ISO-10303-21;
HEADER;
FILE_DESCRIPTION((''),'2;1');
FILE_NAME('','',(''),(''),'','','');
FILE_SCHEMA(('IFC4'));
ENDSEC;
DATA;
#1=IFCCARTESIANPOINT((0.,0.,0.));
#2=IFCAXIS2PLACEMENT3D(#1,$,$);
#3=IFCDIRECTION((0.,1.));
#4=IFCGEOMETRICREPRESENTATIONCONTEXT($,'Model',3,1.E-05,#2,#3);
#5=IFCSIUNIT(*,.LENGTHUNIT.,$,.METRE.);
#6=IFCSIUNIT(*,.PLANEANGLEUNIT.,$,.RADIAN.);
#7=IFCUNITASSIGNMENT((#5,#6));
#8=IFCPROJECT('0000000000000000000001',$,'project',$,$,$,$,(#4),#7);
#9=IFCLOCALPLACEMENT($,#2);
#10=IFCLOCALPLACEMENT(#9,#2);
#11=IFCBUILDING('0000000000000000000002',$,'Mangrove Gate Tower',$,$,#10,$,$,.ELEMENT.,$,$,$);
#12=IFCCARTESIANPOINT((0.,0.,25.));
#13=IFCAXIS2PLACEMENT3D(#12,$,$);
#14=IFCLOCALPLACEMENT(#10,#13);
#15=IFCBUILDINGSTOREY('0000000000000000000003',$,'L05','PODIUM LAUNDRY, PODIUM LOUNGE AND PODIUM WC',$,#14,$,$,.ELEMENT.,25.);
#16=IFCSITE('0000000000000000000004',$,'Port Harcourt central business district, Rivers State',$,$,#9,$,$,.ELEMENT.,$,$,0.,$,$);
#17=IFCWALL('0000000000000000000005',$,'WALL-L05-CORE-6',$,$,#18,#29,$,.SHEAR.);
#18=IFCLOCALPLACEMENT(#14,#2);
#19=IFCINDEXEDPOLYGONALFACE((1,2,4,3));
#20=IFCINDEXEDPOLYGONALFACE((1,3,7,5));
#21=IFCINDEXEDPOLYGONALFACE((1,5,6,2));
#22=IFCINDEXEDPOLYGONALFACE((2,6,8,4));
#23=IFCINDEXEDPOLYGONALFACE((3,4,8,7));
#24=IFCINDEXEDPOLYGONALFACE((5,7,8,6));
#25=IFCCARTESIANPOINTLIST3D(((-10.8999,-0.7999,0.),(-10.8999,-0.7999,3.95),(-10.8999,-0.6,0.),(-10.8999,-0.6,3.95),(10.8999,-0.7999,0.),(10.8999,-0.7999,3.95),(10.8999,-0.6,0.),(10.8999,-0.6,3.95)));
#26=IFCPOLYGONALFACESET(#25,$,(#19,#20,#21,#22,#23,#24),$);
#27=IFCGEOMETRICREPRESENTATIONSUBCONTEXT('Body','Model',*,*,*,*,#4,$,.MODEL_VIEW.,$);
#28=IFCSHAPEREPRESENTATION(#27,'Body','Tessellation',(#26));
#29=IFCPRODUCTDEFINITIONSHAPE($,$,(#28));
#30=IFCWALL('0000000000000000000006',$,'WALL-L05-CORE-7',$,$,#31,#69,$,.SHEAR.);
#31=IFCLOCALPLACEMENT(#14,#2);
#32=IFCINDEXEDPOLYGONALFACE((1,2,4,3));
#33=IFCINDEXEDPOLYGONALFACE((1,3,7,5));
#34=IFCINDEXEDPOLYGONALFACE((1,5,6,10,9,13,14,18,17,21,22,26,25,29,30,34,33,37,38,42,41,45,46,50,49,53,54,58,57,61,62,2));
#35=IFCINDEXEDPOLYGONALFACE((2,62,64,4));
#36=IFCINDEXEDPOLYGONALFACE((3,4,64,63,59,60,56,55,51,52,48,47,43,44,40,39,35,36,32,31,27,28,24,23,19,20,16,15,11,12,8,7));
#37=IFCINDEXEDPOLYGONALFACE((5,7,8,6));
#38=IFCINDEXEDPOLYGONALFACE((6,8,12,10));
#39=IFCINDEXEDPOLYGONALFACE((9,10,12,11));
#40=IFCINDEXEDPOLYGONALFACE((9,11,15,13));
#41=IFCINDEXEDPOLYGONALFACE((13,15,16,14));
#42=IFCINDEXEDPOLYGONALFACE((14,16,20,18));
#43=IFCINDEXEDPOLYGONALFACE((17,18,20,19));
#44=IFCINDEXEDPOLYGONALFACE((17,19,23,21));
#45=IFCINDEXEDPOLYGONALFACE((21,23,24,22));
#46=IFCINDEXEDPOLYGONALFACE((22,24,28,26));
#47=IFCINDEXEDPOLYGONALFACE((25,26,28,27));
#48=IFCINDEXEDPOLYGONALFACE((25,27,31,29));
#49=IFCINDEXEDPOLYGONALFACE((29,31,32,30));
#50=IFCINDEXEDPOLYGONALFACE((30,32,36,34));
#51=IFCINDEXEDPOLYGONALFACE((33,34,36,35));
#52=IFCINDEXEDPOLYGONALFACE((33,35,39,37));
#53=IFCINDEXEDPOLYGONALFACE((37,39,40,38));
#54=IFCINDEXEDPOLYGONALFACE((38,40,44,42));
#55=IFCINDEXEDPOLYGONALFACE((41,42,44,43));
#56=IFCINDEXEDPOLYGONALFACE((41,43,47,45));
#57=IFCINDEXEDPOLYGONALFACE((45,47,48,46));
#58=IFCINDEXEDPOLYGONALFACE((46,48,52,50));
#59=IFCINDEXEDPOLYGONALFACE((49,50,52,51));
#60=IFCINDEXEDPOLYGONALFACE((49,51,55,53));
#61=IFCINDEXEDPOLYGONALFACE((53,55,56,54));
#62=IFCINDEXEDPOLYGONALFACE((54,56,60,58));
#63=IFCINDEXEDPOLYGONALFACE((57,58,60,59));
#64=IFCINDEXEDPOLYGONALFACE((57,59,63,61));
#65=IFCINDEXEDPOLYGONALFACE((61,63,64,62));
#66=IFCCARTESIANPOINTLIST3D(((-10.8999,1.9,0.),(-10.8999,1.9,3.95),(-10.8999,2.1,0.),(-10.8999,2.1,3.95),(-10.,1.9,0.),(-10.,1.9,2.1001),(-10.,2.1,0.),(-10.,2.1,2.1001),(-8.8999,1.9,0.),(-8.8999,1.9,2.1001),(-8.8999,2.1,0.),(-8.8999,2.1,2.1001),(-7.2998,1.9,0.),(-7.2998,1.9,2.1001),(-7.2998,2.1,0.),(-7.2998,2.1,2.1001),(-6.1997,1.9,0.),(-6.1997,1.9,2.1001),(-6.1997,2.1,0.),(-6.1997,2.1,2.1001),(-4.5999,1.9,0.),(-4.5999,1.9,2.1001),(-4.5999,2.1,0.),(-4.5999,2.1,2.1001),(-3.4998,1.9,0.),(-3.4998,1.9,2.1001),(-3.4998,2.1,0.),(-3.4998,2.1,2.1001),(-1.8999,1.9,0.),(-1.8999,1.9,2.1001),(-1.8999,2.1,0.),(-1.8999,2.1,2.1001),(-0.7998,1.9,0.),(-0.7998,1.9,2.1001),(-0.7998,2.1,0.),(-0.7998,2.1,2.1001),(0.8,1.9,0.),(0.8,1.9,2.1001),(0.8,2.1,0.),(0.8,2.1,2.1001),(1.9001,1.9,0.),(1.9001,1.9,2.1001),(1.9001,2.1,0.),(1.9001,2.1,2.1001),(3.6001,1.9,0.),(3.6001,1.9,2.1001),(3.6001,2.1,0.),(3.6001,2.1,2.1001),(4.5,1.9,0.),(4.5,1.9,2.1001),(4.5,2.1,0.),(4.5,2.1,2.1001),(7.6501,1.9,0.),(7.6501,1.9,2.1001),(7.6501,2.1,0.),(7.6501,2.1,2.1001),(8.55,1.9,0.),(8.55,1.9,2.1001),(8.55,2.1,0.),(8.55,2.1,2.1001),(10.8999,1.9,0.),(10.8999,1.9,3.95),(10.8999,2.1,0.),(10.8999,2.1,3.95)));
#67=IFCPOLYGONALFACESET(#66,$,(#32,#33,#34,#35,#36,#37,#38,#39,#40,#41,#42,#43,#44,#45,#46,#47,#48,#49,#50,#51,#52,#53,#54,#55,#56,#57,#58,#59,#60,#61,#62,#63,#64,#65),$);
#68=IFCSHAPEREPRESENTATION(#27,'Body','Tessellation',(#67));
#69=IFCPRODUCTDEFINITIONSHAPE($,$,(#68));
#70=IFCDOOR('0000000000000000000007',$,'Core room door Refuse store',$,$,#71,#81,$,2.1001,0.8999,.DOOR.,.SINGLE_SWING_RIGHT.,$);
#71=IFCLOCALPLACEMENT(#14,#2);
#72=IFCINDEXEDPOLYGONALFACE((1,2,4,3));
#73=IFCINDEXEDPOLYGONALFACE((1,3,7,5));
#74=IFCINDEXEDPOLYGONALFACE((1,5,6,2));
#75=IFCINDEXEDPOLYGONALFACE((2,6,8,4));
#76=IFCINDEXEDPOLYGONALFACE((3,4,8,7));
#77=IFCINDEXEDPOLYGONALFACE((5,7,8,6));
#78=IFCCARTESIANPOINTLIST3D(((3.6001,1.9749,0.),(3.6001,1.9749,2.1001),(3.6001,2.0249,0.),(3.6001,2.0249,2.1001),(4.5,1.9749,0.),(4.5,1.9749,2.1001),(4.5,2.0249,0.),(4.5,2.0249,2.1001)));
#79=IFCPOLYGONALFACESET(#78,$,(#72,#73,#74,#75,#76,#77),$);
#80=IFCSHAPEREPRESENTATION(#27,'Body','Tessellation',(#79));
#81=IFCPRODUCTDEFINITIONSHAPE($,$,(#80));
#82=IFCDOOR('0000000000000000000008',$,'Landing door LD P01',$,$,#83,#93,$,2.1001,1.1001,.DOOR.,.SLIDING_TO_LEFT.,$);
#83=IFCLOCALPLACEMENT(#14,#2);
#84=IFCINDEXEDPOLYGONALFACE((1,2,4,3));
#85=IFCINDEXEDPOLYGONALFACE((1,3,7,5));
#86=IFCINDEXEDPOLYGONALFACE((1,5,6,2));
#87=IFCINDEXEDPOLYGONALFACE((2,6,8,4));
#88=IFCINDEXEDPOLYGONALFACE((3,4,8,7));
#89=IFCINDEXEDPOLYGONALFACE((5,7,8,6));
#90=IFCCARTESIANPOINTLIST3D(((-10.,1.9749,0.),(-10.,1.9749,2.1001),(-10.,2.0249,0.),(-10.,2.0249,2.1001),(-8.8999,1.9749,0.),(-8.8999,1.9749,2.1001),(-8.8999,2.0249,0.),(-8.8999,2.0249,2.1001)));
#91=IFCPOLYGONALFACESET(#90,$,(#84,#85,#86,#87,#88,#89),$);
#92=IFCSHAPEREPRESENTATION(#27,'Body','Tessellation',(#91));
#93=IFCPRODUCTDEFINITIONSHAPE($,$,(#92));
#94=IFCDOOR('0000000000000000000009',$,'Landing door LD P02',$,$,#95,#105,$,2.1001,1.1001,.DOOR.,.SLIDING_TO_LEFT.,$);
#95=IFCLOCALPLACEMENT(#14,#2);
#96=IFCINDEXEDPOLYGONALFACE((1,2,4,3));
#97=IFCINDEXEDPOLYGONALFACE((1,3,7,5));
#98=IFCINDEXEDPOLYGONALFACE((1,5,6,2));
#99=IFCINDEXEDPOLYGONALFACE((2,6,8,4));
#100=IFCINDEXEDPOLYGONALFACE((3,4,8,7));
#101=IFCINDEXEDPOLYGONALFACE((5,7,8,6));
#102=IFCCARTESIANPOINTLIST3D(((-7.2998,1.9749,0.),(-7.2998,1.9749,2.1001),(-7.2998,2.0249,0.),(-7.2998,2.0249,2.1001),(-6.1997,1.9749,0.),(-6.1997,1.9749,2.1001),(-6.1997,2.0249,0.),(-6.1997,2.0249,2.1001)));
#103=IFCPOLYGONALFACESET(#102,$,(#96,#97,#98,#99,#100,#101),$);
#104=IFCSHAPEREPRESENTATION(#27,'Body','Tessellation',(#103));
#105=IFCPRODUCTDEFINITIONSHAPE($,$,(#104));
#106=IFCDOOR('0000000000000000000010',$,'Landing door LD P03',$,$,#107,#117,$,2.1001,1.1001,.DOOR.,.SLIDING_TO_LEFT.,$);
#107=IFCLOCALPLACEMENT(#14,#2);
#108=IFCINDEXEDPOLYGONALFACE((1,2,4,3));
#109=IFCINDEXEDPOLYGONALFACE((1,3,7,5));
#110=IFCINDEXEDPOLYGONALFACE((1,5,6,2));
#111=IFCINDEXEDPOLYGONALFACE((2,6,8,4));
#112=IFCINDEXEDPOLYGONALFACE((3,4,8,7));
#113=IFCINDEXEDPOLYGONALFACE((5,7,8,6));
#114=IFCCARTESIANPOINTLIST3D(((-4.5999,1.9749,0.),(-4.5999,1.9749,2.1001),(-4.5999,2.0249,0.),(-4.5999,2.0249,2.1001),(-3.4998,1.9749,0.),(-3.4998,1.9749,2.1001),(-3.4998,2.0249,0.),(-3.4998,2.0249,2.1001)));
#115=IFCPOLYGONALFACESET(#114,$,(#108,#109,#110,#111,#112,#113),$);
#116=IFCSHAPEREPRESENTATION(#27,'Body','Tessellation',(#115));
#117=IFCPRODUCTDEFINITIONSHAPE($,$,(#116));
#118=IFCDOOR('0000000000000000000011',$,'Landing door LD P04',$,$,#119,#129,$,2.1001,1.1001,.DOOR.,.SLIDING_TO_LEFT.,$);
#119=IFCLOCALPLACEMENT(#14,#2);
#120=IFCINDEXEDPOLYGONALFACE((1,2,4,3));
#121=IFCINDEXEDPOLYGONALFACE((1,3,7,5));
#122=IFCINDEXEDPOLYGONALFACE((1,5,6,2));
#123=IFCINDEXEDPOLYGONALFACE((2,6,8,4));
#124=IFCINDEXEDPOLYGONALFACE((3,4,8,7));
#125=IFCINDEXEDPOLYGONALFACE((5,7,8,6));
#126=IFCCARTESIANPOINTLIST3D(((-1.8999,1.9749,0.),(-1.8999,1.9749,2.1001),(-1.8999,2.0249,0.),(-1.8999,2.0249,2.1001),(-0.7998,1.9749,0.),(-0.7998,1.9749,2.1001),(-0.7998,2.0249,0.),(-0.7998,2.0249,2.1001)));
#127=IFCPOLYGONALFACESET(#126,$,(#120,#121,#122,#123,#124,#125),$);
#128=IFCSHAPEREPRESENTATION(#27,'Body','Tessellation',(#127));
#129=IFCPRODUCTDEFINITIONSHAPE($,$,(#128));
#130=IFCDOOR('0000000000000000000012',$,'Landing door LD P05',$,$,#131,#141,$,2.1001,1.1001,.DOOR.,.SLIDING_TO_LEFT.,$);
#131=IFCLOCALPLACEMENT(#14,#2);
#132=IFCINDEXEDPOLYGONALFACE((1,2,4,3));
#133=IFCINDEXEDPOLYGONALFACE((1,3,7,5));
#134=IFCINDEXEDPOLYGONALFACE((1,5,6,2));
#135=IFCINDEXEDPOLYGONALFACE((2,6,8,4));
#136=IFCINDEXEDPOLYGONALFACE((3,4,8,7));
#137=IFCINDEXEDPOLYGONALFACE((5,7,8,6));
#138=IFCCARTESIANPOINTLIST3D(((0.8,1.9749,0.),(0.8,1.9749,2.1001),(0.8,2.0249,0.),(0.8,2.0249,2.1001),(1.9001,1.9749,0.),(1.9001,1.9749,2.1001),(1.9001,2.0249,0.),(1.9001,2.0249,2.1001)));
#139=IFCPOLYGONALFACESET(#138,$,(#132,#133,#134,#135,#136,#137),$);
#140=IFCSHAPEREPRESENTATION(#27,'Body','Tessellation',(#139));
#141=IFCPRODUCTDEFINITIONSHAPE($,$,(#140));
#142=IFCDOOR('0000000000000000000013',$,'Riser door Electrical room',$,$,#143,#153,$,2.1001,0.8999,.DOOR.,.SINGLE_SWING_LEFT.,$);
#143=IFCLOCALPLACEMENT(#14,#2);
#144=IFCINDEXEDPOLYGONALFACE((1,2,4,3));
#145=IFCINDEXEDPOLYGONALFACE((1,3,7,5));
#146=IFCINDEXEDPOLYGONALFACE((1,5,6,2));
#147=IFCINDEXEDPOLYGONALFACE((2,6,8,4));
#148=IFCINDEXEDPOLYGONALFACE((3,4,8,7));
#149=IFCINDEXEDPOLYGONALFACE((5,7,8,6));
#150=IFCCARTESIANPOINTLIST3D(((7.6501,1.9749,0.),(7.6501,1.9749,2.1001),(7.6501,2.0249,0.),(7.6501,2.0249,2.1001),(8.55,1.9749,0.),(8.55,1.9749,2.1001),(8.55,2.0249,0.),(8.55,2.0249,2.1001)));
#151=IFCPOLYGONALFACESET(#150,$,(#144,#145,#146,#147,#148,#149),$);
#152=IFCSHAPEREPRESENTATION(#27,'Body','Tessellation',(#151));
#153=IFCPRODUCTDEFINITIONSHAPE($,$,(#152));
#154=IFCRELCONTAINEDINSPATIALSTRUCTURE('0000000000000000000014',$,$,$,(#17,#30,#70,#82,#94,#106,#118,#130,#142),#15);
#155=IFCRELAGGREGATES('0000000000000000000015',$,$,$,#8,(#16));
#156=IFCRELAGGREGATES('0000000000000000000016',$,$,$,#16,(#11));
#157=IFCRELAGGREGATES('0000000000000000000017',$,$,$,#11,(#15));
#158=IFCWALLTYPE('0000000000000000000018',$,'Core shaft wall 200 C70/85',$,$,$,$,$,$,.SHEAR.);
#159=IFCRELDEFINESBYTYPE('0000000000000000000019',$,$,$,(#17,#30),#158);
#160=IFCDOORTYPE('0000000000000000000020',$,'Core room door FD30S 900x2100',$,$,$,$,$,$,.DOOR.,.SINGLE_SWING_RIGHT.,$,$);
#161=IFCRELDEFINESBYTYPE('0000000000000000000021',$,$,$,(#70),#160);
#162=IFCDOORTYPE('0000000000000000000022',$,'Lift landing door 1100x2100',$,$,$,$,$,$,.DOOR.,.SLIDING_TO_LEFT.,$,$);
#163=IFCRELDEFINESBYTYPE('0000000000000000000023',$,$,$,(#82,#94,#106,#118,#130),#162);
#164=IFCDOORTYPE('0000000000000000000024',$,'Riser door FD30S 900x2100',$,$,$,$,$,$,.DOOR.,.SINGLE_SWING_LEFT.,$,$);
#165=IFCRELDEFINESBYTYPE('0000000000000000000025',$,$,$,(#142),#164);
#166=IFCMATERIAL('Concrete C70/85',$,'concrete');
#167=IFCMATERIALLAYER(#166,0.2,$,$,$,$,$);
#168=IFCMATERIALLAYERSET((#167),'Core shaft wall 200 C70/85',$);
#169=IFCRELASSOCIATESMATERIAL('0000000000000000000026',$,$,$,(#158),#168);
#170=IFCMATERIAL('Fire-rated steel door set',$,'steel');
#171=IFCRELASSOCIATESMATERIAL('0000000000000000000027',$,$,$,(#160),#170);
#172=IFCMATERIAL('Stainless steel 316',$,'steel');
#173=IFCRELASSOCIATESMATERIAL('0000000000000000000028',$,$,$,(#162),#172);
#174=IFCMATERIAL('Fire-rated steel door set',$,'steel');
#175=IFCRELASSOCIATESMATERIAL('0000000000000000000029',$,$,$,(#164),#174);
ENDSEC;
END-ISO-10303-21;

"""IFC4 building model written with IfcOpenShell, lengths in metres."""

from ifc_helpers import new_model, si_unit, direction, frame, frame_2d, origin, place, context, subcontext, project, spatial, rectangle, extrude, material, layer, layer_set, type_object, element, fill, save


model = new_model("IFC4")

# Units and contexts
model_context = context("Model", 3, precision=1e-05, world=origin(), true_north=direction((0.0, 1.0)))
body_context = subcontext(model_context, "Body", "Model", "MODEL_VIEW")
ifc_project = project(units=[si_unit("LENGTHUNIT", "METRE"), si_unit("PLANEANGLEUNIT", "RADIAN")], contexts=[model_context])

# Site, building, storey
site_placement = place(None, origin())
site = spatial("IfcSite", under=ifc_project, at=site_placement, Name="Port Harcourt central business district, Rivers State", CompositionType="ELEMENT", RefElevation=0.0)
building_placement = place(site_placement, origin())
building = spatial("IfcBuilding", under=site, at=building_placement, Name="Mangrove Gate Tower", CompositionType="ELEMENT")
storey_placement = place(building_placement, frame((0.0, 0.0, 25.0)))
storey = spatial("IfcBuildingStorey", under=building, at=storey_placement, Name="L05", Description="PODIUM LAUNDRY, PODIUM LOUNGE AND PODIUM WC", CompositionType="ELEMENT", Elevation=25.0)

# Wall
ifc_material_1 = material(Name="Concrete C70/85", Category="concrete")
ifc_layer = layer(ifc_material_1, 0.2)
ifc_layer_set = layer_set([ifc_layer], Name="Core shaft wall 200 C70/85")
wall_type = type_object("IfcWallType", Name="Core shaft wall 200 C70/85", PredefinedType="SHEAR", material=ifc_layer_set)
wall_1_placement = place(storey_placement, frame((-10.8999, -0.7, 0.0), z_axis=(0.0, 0.0, 1.0), x_axis=(1.0, 0.0, 0.0)))
element("IfcWall", 1, at=wall_1_placement, inside=storey, type_object=wall_type, Name="WALL-L05-CORE-6", PredefinedType="SHEAR", context=body_context, shape_type="SweptSolid", body=[
    extrude(rectangle(XDim=21.7998, YDim=0.2, at=frame_2d((10.8999, 0.0))), origin(), (0.0, 0.0, 1.0), 3.95),
])

# Wall, openings, doors
wall_2_placement = place(storey_placement, frame((-10.8999, 2.0, 0.0), z_axis=(0.0, 0.0, 1.0), x_axis=(1.0, 0.0, 0.0)))
wall_2 = element("IfcWall", 2, at=wall_2_placement, inside=storey, type_object=wall_type, Name="WALL-L05-CORE-7", PredefinedType="SHEAR", context=body_context, shape_type="SweptSolid", body=[
    extrude(rectangle(XDim=21.7998, YDim=0.2, at=frame_2d((10.8999, 0.0))), origin(), (0.0, 0.0, 1.0), 3.95),
])
opening_1_placement = place(wall_2_placement, frame((0.8999, 0.0, 0.0)))
opening_1 = element("IfcOpeningElement", 3, at=opening_1_placement, cuts=wall_2, PredefinedType="OPENING", context=body_context, shape_type="SweptSolid", body=[
    extrude(rectangle(XDim=1.1001, YDim=2.1001, at=frame_2d((0.55, 1.05))), frame((0.0, 0.1099, 0.0), z_axis=(0.0, -1.0, 0.0), x_axis=(1.0, 0.0, 0.0)), (0.0, 0.0, 1.0), 0.22),
])
opening_2_placement = place(wall_2_placement, frame((3.6001, 0.0, 0.0)))
opening_2 = element("IfcOpeningElement", 4, at=opening_2_placement, cuts=wall_2, PredefinedType="OPENING", context=body_context, shape_type="SweptSolid", body=[
    extrude(rectangle(XDim=1.1001, YDim=2.1001, at=frame_2d((0.55, 1.05))), frame((0.0, 0.1099, 0.0), z_axis=(0.0, -1.0, 0.0), x_axis=(1.0, 0.0, 0.0)), (0.0, 0.0, 1.0), 0.22),
])
opening_3_placement = place(wall_2_placement, frame((6.3, 0.0, 0.0)))
opening_3 = element("IfcOpeningElement", 5, at=opening_3_placement, cuts=wall_2, PredefinedType="OPENING", context=body_context, shape_type="SweptSolid", body=[
    extrude(rectangle(XDim=1.1001, YDim=2.1001, at=frame_2d((0.55, 1.05))), frame((0.0, 0.1099, 0.0), z_axis=(0.0, -1.0, 0.0), x_axis=(1.0, 0.0, 0.0)), (0.0, 0.0, 1.0), 0.22),
])
opening_4_placement = place(wall_2_placement, frame((9.0, 0.0, 0.0)))
opening_4 = element("IfcOpeningElement", 6, at=opening_4_placement, cuts=wall_2, PredefinedType="OPENING", context=body_context, shape_type="SweptSolid", body=[
    extrude(rectangle(XDim=1.1001, YDim=2.1001, at=frame_2d((0.55, 1.05))), frame((0.0, 0.1099, 0.0), z_axis=(0.0, -1.0, 0.0), x_axis=(1.0, 0.0, 0.0)), (0.0, 0.0, 1.0), 0.22),
])
opening_5_placement = place(wall_2_placement, frame((11.7, 0.0, 0.0)))
opening_5 = element("IfcOpeningElement", 7, at=opening_5_placement, cuts=wall_2, PredefinedType="OPENING", context=body_context, shape_type="SweptSolid", body=[
    extrude(rectangle(XDim=1.1001, YDim=2.1001, at=frame_2d((0.55, 1.05))), frame((0.0, 0.1099, 0.0), z_axis=(0.0, -1.0, 0.0), x_axis=(1.0, 0.0, 0.0)), (0.0, 0.0, 1.0), 0.22),
])
opening_6_placement = place(wall_2_placement, frame((14.5, 0.0, 0.0)))
opening_6 = element("IfcOpeningElement", 8, at=opening_6_placement, cuts=wall_2, PredefinedType="OPENING", context=body_context, shape_type="SweptSolid", body=[
    extrude(rectangle(XDim=0.8999, YDim=2.1001, at=frame_2d((0.45, 1.05))), frame((0.0, 0.1099, 0.0), z_axis=(0.0, -1.0, 0.0), x_axis=(1.0, 0.0, 0.0)), (0.0, 0.0, 1.0), 0.22),
])
opening_7_placement = place(wall_2_placement, frame((18.55, 0.0, 0.0)))
opening_7 = element("IfcOpeningElement", 9, at=opening_7_placement, cuts=wall_2, PredefinedType="OPENING", context=body_context, shape_type="SweptSolid", body=[
    extrude(rectangle(XDim=0.8999, YDim=2.1001, at=frame_2d((0.45, 1.05))), frame((0.0, 0.1099, 0.0), z_axis=(0.0, -1.0, 0.0), x_axis=(1.0, 0.0, 0.0)), (0.0, 0.0, 1.0), 0.22),
])
ifc_material_2 = material(Name="Fire-rated steel door set", Category="steel")
door_type_1 = type_object("IfcDoorType", Name="Core room door FD30S 900x2100", OperationType="SINGLE_SWING_RIGHT", PredefinedType="DOOR", material=ifc_material_2)
door_1_placement = place(opening_6_placement, origin())
door_1 = element("IfcDoor", 10, at=door_1_placement, inside=storey, type_object=door_type_1, Name="Core room door Refuse store", OperationType="SINGLE_SWING_RIGHT", OverallHeight=2.1001, OverallWidth=0.8999, PredefinedType="DOOR", context=body_context, shape_type="SweptSolid", body=[
    extrude(rectangle(XDim=0.8999, YDim=2.1001, at=frame_2d((0.45, 1.05))), frame((0.0, 0.0249, 0.0), z_axis=(0.0, -1.0, 0.0), x_axis=(1.0, 0.0, 0.0)), (0.0, 0.0, 1.0), 0.05),
])
fill(opening_6, door_1)
ifc_material_3 = material(Name="Stainless steel 316", Category="steel")
door_type_2 = type_object("IfcDoorType", Name="Lift landing door 1100x2100", OperationType="SLIDING_TO_LEFT", PredefinedType="DOOR", material=ifc_material_3)
door_2_placement = place(opening_1_placement, origin())
door_2 = element("IfcDoor", 11, at=door_2_placement, inside=storey, type_object=door_type_2, Name="Landing door LD P01", OperationType="SLIDING_TO_LEFT", OverallHeight=2.1001, OverallWidth=1.1001, PredefinedType="DOOR", context=body_context, shape_type="SweptSolid", body=[
    extrude(rectangle(XDim=1.1001, YDim=2.1001, at=frame_2d((0.55, 1.05))), frame((0.0, 0.0249, 0.0), z_axis=(0.0, -1.0, 0.0), x_axis=(1.0, 0.0, 0.0)), (0.0, 0.0, 1.0), 0.05),
])
fill(opening_1, door_2)
door_3_placement = place(opening_2_placement, origin())
door_3 = element("IfcDoor", 12, at=door_3_placement, inside=storey, type_object=door_type_2, Name="Landing door LD P02", OperationType="SLIDING_TO_LEFT", OverallHeight=2.1001, OverallWidth=1.1001, PredefinedType="DOOR", context=body_context, shape_type="SweptSolid", body=[
    extrude(rectangle(XDim=1.1001, YDim=2.1001, at=frame_2d((0.55, 1.05))), frame((0.0, 0.0249, 0.0), z_axis=(0.0, -1.0, 0.0), x_axis=(1.0, 0.0, 0.0)), (0.0, 0.0, 1.0), 0.05),
])
fill(opening_2, door_3)
door_4_placement = place(opening_3_placement, origin())
door_4 = element("IfcDoor", 13, at=door_4_placement, inside=storey, type_object=door_type_2, Name="Landing door LD P03", OperationType="SLIDING_TO_LEFT", OverallHeight=2.1001, OverallWidth=1.1001, PredefinedType="DOOR", context=body_context, shape_type="SweptSolid", body=[
    extrude(rectangle(XDim=1.1001, YDim=2.1001, at=frame_2d((0.55, 1.05))), frame((0.0, 0.0249, 0.0), z_axis=(0.0, -1.0, 0.0), x_axis=(1.0, 0.0, 0.0)), (0.0, 0.0, 1.0), 0.05),
])
fill(opening_3, door_4)
door_5_placement = place(opening_4_placement, origin())
door_5 = element("IfcDoor", 14, at=door_5_placement, inside=storey, type_object=door_type_2, Name="Landing door LD P04", OperationType="SLIDING_TO_LEFT", OverallHeight=2.1001, OverallWidth=1.1001, PredefinedType="DOOR", context=body_context, shape_type="SweptSolid", body=[
    extrude(rectangle(XDim=1.1001, YDim=2.1001, at=frame_2d((0.55, 1.05))), frame((0.0, 0.0249, 0.0), z_axis=(0.0, -1.0, 0.0), x_axis=(1.0, 0.0, 0.0)), (0.0, 0.0, 1.0), 0.05),
])
fill(opening_4, door_5)
door_6_placement = place(opening_5_placement, origin())
door_6 = element("IfcDoor", 15, at=door_6_placement, inside=storey, type_object=door_type_2, Name="Landing door LD P05", OperationType="SLIDING_TO_LEFT", OverallHeight=2.1001, OverallWidth=1.1001, PredefinedType="DOOR", context=body_context, shape_type="SweptSolid", body=[
    extrude(rectangle(XDim=1.1001, YDim=2.1001, at=frame_2d((0.55, 1.05))), frame((0.0, 0.0249, 0.0), z_axis=(0.0, -1.0, 0.0), x_axis=(1.0, 0.0, 0.0)), (0.0, 0.0, 1.0), 0.05),
])
fill(opening_5, door_6)
ifc_material_4 = material(Name="Fire-rated steel door set", Category="steel")
door_type_3 = type_object("IfcDoorType", Name="Riser door FD30S 900x2100", OperationType="SINGLE_SWING_LEFT", PredefinedType="DOOR", material=ifc_material_4)
door_7_placement = place(opening_7_placement, origin())
door_7 = element("IfcDoor", 16, at=door_7_placement, inside=storey, type_object=door_type_3, Name="Riser door Electrical room", OperationType="SINGLE_SWING_LEFT", OverallHeight=2.1001, OverallWidth=0.8999, PredefinedType="DOOR", context=body_context, shape_type="SweptSolid", body=[
    extrude(rectangle(XDim=0.8999, YDim=2.1001, at=frame_2d((0.45, 1.05))), frame((0.0, 0.0249, 0.0), z_axis=(0.0, -1.0, 0.0), x_axis=(1.0, 0.0, 0.0)), (0.0, 0.0, 1.0), 0.05),
])
fill(opening_7, door_7)

save(model, "model.ifc")
